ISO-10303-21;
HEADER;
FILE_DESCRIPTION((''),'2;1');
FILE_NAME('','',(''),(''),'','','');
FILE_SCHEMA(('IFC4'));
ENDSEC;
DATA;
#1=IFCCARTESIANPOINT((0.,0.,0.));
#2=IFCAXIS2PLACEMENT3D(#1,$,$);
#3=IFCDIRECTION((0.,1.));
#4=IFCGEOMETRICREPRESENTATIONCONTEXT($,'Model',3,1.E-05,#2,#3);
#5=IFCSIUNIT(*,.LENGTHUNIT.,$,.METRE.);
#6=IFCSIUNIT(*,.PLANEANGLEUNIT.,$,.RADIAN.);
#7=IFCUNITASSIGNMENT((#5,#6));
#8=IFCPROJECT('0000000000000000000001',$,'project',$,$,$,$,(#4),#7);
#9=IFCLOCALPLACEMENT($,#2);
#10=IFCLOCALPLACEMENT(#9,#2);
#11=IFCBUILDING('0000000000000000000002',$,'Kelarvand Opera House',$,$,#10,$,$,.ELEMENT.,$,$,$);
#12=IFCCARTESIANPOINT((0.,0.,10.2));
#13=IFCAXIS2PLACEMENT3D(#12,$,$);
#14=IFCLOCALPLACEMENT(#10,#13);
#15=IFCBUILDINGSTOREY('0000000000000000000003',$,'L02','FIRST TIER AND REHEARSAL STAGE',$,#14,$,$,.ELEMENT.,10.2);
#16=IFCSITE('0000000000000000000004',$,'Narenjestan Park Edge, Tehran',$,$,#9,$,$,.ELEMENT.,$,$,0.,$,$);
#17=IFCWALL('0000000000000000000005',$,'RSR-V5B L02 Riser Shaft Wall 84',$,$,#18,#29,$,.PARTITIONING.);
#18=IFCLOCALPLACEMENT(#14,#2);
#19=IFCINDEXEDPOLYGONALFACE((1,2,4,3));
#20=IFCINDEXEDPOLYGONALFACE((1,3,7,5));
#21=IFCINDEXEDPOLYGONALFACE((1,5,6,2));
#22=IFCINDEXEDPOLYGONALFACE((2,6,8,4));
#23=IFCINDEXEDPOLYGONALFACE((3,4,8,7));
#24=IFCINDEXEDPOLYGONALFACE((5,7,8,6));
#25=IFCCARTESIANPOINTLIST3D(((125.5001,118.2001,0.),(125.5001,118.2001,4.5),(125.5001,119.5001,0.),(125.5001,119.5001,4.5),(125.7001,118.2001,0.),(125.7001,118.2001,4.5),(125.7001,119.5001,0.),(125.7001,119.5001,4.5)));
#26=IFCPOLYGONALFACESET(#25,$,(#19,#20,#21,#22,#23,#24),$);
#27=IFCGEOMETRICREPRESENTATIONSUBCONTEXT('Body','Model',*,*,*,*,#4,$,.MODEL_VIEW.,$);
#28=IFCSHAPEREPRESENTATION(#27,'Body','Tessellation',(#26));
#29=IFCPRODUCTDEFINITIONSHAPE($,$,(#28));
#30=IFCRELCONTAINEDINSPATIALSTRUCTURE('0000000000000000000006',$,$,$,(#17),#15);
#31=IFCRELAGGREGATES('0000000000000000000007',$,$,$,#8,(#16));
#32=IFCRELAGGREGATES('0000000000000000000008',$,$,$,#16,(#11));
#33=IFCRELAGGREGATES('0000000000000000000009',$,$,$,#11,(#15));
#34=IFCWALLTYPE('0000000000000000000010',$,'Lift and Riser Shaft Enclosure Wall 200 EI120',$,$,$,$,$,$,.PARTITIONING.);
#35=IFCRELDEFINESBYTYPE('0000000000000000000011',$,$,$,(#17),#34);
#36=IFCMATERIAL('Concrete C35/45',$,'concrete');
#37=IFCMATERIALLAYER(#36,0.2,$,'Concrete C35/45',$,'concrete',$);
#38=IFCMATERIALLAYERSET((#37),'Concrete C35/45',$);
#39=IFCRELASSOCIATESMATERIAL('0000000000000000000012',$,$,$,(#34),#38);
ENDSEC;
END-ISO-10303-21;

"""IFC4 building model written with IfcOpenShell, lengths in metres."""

from ifc_helpers import new_model, si_unit, direction, frame, frame_2d, origin, place, context, subcontext, project, spatial, rectangle, extrude, material, layer, layer_set, type_object, element, save


model = new_model("IFC4")

# Units and contexts
model_context = context("Model", 3, precision=1e-05, world=origin(), true_north=direction((0.0, 1.0)))
body_context = subcontext(model_context, "Body", "Model", "MODEL_VIEW")
ifc_project = project(units=[si_unit("LENGTHUNIT", "METRE"), si_unit("PLANEANGLEUNIT", "RADIAN")], contexts=[model_context])

# Site, building, storey
site_placement = place(None, origin())
site = spatial("IfcSite", under=ifc_project, at=site_placement, Name="Narenjestan Park Edge, Tehran", CompositionType="ELEMENT", RefElevation=0.0)
building_placement = place(site_placement, origin())
building = spatial("IfcBuilding", under=site, at=building_placement, Name="Kelarvand Opera House", CompositionType="ELEMENT")
storey_placement = place(building_placement, frame((0.0, 0.0, 10.2)))
storey = spatial("IfcBuildingStorey", under=building, at=storey_placement, Name="L02", Description="FIRST TIER AND REHEARSAL STAGE", CompositionType="ELEMENT", Elevation=10.2)

# Shared definitions
ifc_material_1 = material(Name="Concrete C35/45", Category="concrete")

# Wall
ifc_layer_1 = layer(ifc_material_1, 0.2, Name="Concrete C35/45", Category="concrete")
ifc_layer_set_1 = layer_set([ifc_layer_1], Name="Concrete C35/45")
wall_type_1 = type_object("IfcWallType", Name="Lift and Riser Shaft Enclosure Wall 200 EI120", PredefinedType="PARTITIONING", material=ifc_layer_set_1)
for number, where, z_axis, x_axis, name in (
    (1, (125.6001, 119.5, 0.0), (0.0, 0.0, 1.0), (0.0, -1.0, 0.0), "RSR-V5B L02 Riser Shaft Wall 84"),
):
    element("IfcWall", number, at=place(storey_placement, frame(where, z_axis=z_axis, x_axis=x_axis)), inside=storey, type_object=wall_type_1, Name=name, PredefinedType="PARTITIONING", context=body_context, shape_type="SweptSolid", body=[
        extrude(rectangle(XDim=1.3, YDim=0.2, at=frame_2d((0.6499, 0.0))), origin(), (0.0, 0.0, 1.0), 4.5),
    ])

save(model, "model.ifc")
